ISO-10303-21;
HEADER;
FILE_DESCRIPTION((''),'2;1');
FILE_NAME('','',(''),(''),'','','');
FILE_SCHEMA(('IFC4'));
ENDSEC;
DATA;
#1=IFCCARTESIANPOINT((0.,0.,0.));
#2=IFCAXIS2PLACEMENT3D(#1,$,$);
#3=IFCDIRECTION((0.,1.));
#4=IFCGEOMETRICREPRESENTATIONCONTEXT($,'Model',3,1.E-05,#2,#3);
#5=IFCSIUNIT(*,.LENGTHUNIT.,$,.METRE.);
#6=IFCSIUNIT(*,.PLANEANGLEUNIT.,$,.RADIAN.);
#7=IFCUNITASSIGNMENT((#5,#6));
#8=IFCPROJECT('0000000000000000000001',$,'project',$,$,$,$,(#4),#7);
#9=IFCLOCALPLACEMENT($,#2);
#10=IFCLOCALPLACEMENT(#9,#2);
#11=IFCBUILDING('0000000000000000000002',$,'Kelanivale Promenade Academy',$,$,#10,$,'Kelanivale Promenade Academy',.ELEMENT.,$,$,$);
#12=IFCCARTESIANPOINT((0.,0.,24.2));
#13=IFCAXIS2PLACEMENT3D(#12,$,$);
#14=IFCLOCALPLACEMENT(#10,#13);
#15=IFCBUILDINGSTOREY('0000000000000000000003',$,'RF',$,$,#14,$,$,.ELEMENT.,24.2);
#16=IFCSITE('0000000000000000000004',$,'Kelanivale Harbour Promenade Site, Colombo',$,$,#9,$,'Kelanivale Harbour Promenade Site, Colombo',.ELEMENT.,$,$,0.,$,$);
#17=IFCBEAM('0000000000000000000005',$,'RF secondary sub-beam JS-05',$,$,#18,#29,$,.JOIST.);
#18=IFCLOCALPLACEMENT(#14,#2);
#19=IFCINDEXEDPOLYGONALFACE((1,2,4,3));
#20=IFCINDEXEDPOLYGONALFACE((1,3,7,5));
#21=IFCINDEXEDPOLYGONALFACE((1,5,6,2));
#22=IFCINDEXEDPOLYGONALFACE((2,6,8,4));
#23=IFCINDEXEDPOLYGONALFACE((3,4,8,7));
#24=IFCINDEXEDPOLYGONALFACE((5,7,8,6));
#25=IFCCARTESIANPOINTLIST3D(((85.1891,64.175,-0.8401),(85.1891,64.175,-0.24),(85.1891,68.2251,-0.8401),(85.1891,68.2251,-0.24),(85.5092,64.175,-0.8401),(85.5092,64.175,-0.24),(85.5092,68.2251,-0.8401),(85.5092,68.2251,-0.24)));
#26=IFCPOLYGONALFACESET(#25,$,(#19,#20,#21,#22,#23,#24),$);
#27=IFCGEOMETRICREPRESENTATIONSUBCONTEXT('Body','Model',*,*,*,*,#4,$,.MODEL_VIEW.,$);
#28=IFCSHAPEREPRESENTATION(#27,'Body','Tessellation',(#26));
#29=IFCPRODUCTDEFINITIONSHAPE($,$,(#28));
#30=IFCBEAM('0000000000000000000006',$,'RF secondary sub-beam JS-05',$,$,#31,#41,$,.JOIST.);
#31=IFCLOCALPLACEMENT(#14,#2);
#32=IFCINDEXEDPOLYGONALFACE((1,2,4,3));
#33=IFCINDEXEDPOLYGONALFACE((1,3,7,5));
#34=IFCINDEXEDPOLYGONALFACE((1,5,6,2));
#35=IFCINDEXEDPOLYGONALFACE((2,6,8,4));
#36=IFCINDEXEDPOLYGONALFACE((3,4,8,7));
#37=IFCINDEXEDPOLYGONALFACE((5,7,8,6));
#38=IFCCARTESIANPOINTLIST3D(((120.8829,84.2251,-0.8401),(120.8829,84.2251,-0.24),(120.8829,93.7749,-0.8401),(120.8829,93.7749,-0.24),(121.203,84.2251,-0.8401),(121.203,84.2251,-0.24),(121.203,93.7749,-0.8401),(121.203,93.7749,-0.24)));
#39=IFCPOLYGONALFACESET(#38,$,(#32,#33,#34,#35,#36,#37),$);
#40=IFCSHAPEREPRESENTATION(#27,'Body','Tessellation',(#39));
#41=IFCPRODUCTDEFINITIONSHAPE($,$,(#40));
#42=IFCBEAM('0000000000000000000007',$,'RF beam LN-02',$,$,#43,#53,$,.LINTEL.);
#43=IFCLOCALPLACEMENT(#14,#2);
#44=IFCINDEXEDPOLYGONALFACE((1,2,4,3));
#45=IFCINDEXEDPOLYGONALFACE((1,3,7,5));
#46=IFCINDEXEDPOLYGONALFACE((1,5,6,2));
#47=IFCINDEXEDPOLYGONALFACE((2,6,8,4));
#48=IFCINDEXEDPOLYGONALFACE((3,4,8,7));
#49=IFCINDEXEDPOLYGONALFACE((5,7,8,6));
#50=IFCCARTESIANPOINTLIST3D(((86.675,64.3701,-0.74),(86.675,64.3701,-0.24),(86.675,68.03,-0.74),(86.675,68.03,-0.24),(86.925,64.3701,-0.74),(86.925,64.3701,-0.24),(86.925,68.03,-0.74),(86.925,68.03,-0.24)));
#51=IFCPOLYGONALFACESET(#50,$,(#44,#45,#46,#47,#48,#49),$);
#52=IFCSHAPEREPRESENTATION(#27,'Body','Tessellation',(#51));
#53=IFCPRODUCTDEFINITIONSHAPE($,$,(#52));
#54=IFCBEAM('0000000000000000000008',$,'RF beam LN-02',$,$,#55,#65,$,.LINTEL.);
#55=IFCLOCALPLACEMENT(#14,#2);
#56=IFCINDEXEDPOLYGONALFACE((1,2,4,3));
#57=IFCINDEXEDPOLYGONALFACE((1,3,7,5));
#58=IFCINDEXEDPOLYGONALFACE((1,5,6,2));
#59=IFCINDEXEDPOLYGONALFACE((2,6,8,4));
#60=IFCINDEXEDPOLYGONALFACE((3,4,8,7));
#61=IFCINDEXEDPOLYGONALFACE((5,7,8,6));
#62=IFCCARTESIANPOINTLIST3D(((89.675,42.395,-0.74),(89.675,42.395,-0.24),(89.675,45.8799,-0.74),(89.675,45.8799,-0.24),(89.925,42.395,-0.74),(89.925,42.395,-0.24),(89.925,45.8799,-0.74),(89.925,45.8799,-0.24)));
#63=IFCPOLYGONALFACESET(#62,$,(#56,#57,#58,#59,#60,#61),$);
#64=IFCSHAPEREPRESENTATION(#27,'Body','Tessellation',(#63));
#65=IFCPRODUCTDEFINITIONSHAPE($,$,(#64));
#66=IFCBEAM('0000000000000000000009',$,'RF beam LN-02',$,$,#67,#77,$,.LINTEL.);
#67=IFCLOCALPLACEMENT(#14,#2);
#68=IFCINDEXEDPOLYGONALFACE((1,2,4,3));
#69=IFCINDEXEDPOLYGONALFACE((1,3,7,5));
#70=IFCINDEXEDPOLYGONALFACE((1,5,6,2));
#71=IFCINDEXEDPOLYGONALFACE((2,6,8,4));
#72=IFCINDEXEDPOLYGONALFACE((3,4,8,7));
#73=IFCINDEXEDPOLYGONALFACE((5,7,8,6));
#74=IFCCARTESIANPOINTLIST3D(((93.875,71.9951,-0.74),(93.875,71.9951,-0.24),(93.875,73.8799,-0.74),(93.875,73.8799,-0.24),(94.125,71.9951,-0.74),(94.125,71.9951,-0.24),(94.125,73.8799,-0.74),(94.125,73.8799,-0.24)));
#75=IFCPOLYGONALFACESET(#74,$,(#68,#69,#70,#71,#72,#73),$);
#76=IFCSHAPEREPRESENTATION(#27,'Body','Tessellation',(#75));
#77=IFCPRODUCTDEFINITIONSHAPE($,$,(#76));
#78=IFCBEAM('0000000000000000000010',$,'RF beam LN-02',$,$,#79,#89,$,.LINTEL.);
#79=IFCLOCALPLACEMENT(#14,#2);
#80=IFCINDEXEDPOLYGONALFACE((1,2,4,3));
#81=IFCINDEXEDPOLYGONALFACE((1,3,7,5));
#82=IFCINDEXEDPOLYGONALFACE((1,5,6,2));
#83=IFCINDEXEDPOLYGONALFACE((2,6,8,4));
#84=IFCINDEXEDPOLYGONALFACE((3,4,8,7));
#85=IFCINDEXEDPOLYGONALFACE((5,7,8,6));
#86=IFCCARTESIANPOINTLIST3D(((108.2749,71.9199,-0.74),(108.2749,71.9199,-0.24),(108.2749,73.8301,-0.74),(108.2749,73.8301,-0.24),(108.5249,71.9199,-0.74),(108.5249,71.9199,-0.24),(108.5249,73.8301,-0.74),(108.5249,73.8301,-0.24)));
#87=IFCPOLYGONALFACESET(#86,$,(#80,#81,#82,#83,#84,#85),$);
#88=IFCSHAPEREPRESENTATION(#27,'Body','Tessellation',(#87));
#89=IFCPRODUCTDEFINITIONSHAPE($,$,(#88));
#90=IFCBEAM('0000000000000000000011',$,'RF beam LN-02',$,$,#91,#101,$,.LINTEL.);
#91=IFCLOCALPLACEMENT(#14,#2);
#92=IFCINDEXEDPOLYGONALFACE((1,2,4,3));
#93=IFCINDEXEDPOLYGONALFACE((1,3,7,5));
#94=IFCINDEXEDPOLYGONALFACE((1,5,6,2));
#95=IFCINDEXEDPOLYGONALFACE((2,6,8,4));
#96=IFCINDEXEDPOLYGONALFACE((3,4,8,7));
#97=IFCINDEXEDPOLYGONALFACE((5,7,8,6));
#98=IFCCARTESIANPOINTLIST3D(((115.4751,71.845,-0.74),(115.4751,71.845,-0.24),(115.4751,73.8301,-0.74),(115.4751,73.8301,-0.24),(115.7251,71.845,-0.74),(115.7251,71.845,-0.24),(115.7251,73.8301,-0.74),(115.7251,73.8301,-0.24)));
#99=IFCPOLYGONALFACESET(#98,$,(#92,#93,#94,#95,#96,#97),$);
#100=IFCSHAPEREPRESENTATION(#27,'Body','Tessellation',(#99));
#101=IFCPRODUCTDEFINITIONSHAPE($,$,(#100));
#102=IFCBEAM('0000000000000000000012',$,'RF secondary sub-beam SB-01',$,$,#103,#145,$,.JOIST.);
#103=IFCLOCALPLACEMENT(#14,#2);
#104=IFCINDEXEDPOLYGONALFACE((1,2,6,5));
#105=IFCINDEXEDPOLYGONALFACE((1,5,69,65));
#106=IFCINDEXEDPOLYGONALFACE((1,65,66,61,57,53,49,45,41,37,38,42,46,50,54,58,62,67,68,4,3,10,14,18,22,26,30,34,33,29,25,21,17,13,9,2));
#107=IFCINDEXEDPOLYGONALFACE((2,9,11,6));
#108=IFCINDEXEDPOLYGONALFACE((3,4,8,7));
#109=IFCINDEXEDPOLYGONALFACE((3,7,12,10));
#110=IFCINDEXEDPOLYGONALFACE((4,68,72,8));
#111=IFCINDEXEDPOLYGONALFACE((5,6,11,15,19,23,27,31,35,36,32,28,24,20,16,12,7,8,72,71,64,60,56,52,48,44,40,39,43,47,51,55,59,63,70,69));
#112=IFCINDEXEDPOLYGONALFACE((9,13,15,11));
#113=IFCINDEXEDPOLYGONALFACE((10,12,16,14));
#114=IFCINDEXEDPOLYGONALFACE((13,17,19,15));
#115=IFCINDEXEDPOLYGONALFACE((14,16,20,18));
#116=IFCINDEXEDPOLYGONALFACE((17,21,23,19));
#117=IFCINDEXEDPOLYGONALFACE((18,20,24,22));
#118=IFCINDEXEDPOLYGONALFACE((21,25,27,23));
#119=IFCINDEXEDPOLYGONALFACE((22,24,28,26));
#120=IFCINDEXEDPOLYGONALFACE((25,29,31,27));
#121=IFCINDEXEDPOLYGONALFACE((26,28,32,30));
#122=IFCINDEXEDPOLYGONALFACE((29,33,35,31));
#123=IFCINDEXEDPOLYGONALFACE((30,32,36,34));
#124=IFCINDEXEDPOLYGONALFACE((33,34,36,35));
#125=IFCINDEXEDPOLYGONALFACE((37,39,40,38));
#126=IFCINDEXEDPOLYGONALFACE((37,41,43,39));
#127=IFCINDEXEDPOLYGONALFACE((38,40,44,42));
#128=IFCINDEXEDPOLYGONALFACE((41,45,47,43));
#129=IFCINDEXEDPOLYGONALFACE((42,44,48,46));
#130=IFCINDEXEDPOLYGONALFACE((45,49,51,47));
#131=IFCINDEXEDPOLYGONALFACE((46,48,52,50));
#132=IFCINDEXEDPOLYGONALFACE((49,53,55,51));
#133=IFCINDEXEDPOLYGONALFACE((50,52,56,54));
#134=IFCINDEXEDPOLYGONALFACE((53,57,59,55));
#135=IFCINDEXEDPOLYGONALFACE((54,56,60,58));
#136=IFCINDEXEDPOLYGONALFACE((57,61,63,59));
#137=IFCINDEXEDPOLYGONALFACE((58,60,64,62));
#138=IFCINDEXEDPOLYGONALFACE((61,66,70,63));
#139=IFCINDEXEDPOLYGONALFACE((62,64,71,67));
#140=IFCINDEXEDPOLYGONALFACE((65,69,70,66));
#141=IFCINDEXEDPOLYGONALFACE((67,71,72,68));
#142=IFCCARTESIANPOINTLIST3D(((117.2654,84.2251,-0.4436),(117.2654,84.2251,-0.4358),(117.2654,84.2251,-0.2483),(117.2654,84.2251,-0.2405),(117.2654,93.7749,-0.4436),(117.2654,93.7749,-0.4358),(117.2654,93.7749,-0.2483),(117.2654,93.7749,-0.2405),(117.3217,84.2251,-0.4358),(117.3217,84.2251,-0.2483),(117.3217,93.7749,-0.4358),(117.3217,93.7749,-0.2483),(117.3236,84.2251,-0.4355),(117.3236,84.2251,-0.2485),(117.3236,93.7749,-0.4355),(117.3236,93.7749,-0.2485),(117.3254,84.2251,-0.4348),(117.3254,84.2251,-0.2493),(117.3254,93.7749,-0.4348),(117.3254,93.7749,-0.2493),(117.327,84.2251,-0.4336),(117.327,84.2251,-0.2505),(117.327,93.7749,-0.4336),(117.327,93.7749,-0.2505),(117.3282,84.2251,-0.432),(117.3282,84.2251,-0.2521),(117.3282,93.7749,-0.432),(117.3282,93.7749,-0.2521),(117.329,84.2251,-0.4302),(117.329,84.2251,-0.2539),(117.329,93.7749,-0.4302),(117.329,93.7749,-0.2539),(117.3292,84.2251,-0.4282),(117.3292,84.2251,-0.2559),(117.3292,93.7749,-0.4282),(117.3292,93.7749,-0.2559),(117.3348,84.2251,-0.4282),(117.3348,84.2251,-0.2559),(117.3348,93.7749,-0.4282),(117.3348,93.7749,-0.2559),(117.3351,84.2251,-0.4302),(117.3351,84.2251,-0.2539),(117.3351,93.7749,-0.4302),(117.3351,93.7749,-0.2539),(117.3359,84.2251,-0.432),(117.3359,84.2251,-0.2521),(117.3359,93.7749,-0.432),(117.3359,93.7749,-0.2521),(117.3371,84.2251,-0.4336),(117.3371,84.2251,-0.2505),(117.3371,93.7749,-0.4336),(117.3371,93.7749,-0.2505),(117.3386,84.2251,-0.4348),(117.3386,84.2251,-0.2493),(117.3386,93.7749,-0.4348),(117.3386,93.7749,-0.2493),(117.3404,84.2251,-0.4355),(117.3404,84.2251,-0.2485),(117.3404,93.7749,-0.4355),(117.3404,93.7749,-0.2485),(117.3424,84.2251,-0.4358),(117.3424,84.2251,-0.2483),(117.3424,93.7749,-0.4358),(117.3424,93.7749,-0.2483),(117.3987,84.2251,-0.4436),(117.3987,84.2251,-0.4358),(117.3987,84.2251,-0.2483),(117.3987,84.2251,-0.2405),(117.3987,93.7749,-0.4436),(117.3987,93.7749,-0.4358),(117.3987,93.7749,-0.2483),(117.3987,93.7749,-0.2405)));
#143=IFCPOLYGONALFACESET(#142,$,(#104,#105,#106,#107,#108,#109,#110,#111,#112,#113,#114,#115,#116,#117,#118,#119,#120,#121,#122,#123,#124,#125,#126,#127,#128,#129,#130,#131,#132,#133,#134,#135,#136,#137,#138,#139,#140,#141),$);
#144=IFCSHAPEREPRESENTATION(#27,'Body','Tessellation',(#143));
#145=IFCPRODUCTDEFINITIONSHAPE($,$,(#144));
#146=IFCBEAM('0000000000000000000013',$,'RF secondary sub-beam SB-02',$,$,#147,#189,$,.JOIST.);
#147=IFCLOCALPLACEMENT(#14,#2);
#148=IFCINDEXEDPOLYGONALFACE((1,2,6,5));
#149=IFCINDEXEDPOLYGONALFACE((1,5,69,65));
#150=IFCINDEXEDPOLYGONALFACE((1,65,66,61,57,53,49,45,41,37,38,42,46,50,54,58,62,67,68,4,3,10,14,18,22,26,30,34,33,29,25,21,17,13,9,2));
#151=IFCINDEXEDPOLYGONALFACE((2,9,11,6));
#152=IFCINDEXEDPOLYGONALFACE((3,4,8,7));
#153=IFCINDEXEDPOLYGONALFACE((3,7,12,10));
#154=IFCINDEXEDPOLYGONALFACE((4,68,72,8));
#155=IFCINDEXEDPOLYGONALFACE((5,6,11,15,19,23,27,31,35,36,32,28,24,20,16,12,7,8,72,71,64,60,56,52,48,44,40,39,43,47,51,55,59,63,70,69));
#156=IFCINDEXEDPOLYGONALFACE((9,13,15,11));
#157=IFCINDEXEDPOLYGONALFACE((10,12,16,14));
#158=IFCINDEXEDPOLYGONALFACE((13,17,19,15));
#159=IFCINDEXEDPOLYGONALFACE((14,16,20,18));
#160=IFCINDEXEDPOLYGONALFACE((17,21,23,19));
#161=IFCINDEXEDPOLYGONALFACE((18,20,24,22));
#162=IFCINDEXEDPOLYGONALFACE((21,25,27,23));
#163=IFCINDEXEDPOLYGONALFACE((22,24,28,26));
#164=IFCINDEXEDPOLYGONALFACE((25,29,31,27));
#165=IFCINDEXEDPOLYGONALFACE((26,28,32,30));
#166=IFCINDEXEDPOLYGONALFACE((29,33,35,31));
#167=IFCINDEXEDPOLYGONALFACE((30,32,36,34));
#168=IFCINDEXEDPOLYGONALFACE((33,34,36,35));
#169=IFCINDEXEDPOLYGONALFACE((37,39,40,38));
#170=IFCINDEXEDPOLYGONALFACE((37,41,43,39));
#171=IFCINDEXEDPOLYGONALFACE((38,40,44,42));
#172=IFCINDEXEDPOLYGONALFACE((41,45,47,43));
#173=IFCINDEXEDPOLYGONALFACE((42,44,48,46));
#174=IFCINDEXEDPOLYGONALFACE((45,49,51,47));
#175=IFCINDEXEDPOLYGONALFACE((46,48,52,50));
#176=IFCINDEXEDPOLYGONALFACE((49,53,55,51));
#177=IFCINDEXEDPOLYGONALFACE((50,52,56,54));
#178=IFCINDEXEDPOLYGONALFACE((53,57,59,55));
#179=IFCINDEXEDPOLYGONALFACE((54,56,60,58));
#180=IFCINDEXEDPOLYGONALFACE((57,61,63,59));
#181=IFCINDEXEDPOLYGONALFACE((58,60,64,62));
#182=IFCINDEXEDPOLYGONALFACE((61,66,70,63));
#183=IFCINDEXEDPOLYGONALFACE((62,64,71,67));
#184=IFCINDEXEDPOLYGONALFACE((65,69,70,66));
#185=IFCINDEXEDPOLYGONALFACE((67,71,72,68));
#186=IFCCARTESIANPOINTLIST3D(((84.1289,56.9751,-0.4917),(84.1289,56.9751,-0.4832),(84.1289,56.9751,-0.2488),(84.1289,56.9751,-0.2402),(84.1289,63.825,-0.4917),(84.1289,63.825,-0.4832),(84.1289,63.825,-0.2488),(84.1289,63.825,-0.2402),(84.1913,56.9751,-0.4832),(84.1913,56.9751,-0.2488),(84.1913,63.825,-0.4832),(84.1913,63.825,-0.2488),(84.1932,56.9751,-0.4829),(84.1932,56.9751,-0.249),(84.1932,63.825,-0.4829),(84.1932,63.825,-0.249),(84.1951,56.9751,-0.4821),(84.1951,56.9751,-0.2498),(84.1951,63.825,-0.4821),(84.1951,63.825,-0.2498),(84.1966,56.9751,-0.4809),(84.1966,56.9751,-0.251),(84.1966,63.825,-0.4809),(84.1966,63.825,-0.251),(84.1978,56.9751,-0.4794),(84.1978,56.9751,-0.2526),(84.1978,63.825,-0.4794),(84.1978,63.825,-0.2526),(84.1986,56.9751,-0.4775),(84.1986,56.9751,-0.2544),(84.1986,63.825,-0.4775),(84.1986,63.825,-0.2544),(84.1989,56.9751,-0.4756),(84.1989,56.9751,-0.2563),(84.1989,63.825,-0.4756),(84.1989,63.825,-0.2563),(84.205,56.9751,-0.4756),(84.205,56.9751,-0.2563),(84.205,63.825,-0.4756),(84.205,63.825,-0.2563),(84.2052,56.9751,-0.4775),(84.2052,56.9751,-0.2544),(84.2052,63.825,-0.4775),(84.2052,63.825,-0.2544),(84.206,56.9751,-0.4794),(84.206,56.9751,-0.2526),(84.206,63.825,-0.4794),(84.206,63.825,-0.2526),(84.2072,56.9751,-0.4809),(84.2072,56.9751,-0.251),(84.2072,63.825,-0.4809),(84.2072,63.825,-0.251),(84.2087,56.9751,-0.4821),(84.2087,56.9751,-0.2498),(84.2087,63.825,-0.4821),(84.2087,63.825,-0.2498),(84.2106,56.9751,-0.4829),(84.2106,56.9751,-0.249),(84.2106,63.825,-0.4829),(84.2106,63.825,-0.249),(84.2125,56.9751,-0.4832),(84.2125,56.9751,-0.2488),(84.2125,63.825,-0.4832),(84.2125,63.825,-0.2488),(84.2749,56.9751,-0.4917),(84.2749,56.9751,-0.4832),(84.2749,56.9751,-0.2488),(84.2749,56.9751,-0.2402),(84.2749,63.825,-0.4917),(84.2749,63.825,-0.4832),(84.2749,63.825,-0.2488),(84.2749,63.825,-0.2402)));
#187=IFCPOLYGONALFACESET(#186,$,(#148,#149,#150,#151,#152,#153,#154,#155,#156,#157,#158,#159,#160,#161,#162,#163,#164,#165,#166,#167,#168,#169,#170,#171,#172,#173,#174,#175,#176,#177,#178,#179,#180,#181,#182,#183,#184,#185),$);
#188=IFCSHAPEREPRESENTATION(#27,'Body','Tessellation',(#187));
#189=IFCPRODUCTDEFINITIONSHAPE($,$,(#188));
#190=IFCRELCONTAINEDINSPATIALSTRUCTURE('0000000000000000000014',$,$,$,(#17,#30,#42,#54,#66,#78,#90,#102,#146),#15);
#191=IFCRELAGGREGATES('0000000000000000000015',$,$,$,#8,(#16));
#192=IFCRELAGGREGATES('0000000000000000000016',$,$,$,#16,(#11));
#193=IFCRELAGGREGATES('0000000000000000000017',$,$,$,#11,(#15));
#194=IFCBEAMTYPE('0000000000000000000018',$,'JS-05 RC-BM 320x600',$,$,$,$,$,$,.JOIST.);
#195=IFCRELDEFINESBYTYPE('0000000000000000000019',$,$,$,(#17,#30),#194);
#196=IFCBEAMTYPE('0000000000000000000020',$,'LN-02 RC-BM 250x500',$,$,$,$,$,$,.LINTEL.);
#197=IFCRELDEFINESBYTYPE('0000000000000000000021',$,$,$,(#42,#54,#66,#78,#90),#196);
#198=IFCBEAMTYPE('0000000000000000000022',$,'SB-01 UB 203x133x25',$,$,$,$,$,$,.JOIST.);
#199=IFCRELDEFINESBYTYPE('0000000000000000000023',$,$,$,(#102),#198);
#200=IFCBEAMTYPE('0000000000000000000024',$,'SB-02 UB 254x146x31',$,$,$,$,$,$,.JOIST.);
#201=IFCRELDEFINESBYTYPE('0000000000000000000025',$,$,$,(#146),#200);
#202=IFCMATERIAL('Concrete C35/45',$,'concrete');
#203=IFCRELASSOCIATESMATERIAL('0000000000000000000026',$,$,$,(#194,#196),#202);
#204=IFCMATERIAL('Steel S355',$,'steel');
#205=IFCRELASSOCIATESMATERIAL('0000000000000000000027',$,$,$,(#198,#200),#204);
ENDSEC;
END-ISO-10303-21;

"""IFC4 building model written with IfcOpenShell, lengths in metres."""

from ifc_helpers import new_model, si_unit, direction, frame, origin, origin_2d, place, context, subcontext, project, spatial, rectangle, i_section, extrude, material, material_profile, profile_set, type_object, element, save


model = new_model("IFC4")

# Units and contexts
model_context = context("Model", 3, precision=1e-05, world=origin(), true_north=direction((0.0, 1.0)))
body_context = subcontext(model_context, "Body", "Model", "MODEL_VIEW")
ifc_project = project(units=[si_unit("LENGTHUNIT", "METRE"), si_unit("PLANEANGLEUNIT", "RADIAN")], contexts=[model_context])

# Site, building, storey
site_placement = place(None, origin())
site = spatial("IfcSite", under=ifc_project, at=site_placement, Name="Kelanivale Harbour Promenade Site, Colombo", LongName="Kelanivale Harbour Promenade Site, Colombo", CompositionType="ELEMENT", RefElevation=0.0)
building_placement = place(site_placement, origin())
building = spatial("IfcBuilding", under=site, at=building_placement, Name="Kelanivale Promenade Academy", LongName="Kelanivale Promenade Academy", CompositionType="ELEMENT")
storey_placement = place(building_placement, frame((0.0, 0.0, 24.2)))
storey = spatial("IfcBuildingStorey", under=building, at=storey_placement, Name="RF", CompositionType="ELEMENT", Elevation=24.2)

# Beams
ifc_material_1 = material(Name="Concrete C35/45", Category="concrete")
ifc_material_profile_1 = material_profile(ifc_material_1, rectangle(XDim=0.3201, YDim=0.6001, at=origin_2d()), Name="RC-BM 320x600")
ifc_profile_set_1 = profile_set([ifc_material_profile_1], Name="Concrete C35/45")
beam_type_1 = type_object("IfcBeamType", Name="JS-05 RC-BM 320x600", PredefinedType="JOIST", material=ifc_profile_set_1)
beam_1_placement = place(storey_placement, frame((85.3491, 64.175, -0.54), z_axis=(0.0, 1.0, 0.0), x_axis=(-1.0, 0.0, 0.0)))
element("IfcBeam", 1, at=beam_1_placement, inside=storey, type_object=beam_type_1, Name="RF secondary sub-beam JS-05", PredefinedType="JOIST", context=body_context, shape_type="SweptSolid", body=[
    extrude(rectangle(XDim=0.3201, YDim=0.6001, at=origin_2d()), origin(), (0.0, 0.0, 1.0), 4.05),
])
beam_2_placement = place(storey_placement, frame((121.043, 84.2251, -0.54), z_axis=(0.0, 1.0, 0.0), x_axis=(-1.0, 0.0, 0.0)))
element("IfcBeam", 2, at=beam_2_placement, inside=storey, type_object=beam_type_1, Name="RF secondary sub-beam JS-05", PredefinedType="JOIST", context=body_context, shape_type="SweptSolid", body=[
    extrude(rectangle(XDim=0.3201, YDim=0.6001, at=origin_2d()), origin(), (0.0, 0.0, 1.0), 9.5498),
])
ifc_material_profile_2 = material_profile(ifc_material_1, rectangle(XDim=0.25, YDim=0.5, at=origin_2d()), Name="RC-BM 250x500")
ifc_profile_set_2 = profile_set([ifc_material_profile_2], Name="Concrete C35/45")
beam_type_2 = type_object("IfcBeamType", Name="LN-02 RC-BM 250x500", PredefinedType="LINTEL", material=ifc_profile_set_2)
beam_3_placement = place(storey_placement, frame((86.8, 64.3701, -0.49), z_axis=(0.0, 1.0, 0.0), x_axis=(-1.0, 0.0, 0.0)))
element("IfcBeam", 3, at=beam_3_placement, inside=storey, type_object=beam_type_2, Name="RF beam LN-02", PredefinedType="LINTEL", context=body_context, shape_type="SweptSolid", body=[
    extrude(rectangle(XDim=0.25, YDim=0.5, at=origin_2d()), origin(), (0.0, 0.0, 1.0), 3.6599),
])
beam_4_placement = place(storey_placement, frame((89.8, 42.395, -0.49), z_axis=(0.0, 1.0, 0.0), x_axis=(-1.0, 0.0, 0.0)))
element("IfcBeam", 4, at=beam_4_placement, inside=storey, type_object=beam_type_2, Name="RF beam LN-02", PredefinedType="LINTEL", context=body_context, shape_type="SweptSolid", body=[
    extrude(rectangle(XDim=0.25, YDim=0.5, at=origin_2d()), origin(), (0.0, 0.0, 1.0), 3.4849),
])
beam_5_placement = place(storey_placement, frame((94.0, 71.9951, -0.49), z_axis=(0.0, 1.0, 0.0), x_axis=(-1.0, 0.0, 0.0)))
element("IfcBeam", 5, at=beam_5_placement, inside=storey, type_object=beam_type_2, Name="RF beam LN-02", PredefinedType="LINTEL", context=body_context, shape_type="SweptSolid", body=[
    extrude(rectangle(XDim=0.25, YDim=0.5, at=origin_2d()), origin(), (0.0, 0.0, 1.0), 1.8848),
])
beam_6_placement = place(storey_placement, frame((108.3999, 71.9199, -0.49), z_axis=(0.0, 1.0, 0.0), x_axis=(-1.0, 0.0, 0.0)))
element("IfcBeam", 6, at=beam_6_placement, inside=storey, type_object=beam_type_2, Name="RF beam LN-02", PredefinedType="LINTEL", context=body_context, shape_type="SweptSolid", body=[
    extrude(rectangle(XDim=0.25, YDim=0.5, at=origin_2d()), origin(), (0.0, 0.0, 1.0), 1.9102),
])
beam_7_placement = place(storey_placement, frame((115.6001, 71.845, -0.49), z_axis=(0.0, 1.0, 0.0), x_axis=(-1.0, 0.0, 0.0)))
element("IfcBeam", 7, at=beam_7_placement, inside=storey, type_object=beam_type_2, Name="RF beam LN-02", PredefinedType="LINTEL", context=body_context, shape_type="SweptSolid", body=[
    extrude(rectangle(XDim=0.25, YDim=0.5, at=origin_2d()), origin(), (0.0, 0.0, 1.0), 1.9851),
])
ifc_material_2 = material(Name="Steel S355", Category="steel")
ifc_material_profile_3 = material_profile(ifc_material_2, i_section(OverallWidth=0.1333, OverallDepth=0.2031, WebThickness=0.0056, FlangeThickness=0.0078, FilletRadius=0.0076, at=origin_2d()), Name="UB 203x133x25")
ifc_profile_set_3 = profile_set([ifc_material_profile_3], Name="Steel S355")
beam_type_3 = type_object("IfcBeamType", Name="SB-01 UB 203x133x25", PredefinedType="JOIST", material=ifc_profile_set_3)
beam_8_placement = place(storey_placement, frame((117.332, 84.2251, -0.342), z_axis=(0.0, 1.0, 0.0), x_axis=(-1.0, 0.0, 0.0)))
element("IfcBeam", 8, at=beam_8_placement, inside=storey, type_object=beam_type_3, Name="RF secondary sub-beam SB-01", PredefinedType="JOIST", context=body_context, shape_type="SweptSolid", body=[
    extrude(i_section(OverallWidth=0.1333, OverallDepth=0.2031, WebThickness=0.0056, FlangeThickness=0.0078, FilletRadius=0.0076, at=origin_2d()), origin(), (0.0, 0.0, 1.0), 9.5498),
])
ifc_material_profile_4 = material_profile(ifc_material_2, i_section(OverallWidth=0.146, OverallDepth=0.2515, WebThickness=0.0061, FlangeThickness=0.0085, FilletRadius=0.0076, at=origin_2d()), Name="UB 254x146x31")
ifc_profile_set_4 = profile_set([ifc_material_profile_4], Name="Steel S355")
beam_type_4 = type_object("IfcBeamType", Name="SB-02 UB 254x146x31", PredefinedType="JOIST", material=ifc_profile_set_4)
beam_9_placement = place(storey_placement, frame((84.2019, 56.9751, -0.366), z_axis=(0.0, 1.0, 0.0), x_axis=(-1.0, 0.0, 0.0)))
element("IfcBeam", 9, at=beam_9_placement, inside=storey, type_object=beam_type_4, Name="RF secondary sub-beam SB-02", PredefinedType="JOIST", context=body_context, shape_type="SweptSolid", body=[
    extrude(i_section(OverallWidth=0.146, OverallDepth=0.2515, WebThickness=0.0061, FlangeThickness=0.0085, FilletRadius=0.0076, at=origin_2d()), origin(), (0.0, 0.0, 1.0), 6.8499),
])

save(model, "model.ifc")
